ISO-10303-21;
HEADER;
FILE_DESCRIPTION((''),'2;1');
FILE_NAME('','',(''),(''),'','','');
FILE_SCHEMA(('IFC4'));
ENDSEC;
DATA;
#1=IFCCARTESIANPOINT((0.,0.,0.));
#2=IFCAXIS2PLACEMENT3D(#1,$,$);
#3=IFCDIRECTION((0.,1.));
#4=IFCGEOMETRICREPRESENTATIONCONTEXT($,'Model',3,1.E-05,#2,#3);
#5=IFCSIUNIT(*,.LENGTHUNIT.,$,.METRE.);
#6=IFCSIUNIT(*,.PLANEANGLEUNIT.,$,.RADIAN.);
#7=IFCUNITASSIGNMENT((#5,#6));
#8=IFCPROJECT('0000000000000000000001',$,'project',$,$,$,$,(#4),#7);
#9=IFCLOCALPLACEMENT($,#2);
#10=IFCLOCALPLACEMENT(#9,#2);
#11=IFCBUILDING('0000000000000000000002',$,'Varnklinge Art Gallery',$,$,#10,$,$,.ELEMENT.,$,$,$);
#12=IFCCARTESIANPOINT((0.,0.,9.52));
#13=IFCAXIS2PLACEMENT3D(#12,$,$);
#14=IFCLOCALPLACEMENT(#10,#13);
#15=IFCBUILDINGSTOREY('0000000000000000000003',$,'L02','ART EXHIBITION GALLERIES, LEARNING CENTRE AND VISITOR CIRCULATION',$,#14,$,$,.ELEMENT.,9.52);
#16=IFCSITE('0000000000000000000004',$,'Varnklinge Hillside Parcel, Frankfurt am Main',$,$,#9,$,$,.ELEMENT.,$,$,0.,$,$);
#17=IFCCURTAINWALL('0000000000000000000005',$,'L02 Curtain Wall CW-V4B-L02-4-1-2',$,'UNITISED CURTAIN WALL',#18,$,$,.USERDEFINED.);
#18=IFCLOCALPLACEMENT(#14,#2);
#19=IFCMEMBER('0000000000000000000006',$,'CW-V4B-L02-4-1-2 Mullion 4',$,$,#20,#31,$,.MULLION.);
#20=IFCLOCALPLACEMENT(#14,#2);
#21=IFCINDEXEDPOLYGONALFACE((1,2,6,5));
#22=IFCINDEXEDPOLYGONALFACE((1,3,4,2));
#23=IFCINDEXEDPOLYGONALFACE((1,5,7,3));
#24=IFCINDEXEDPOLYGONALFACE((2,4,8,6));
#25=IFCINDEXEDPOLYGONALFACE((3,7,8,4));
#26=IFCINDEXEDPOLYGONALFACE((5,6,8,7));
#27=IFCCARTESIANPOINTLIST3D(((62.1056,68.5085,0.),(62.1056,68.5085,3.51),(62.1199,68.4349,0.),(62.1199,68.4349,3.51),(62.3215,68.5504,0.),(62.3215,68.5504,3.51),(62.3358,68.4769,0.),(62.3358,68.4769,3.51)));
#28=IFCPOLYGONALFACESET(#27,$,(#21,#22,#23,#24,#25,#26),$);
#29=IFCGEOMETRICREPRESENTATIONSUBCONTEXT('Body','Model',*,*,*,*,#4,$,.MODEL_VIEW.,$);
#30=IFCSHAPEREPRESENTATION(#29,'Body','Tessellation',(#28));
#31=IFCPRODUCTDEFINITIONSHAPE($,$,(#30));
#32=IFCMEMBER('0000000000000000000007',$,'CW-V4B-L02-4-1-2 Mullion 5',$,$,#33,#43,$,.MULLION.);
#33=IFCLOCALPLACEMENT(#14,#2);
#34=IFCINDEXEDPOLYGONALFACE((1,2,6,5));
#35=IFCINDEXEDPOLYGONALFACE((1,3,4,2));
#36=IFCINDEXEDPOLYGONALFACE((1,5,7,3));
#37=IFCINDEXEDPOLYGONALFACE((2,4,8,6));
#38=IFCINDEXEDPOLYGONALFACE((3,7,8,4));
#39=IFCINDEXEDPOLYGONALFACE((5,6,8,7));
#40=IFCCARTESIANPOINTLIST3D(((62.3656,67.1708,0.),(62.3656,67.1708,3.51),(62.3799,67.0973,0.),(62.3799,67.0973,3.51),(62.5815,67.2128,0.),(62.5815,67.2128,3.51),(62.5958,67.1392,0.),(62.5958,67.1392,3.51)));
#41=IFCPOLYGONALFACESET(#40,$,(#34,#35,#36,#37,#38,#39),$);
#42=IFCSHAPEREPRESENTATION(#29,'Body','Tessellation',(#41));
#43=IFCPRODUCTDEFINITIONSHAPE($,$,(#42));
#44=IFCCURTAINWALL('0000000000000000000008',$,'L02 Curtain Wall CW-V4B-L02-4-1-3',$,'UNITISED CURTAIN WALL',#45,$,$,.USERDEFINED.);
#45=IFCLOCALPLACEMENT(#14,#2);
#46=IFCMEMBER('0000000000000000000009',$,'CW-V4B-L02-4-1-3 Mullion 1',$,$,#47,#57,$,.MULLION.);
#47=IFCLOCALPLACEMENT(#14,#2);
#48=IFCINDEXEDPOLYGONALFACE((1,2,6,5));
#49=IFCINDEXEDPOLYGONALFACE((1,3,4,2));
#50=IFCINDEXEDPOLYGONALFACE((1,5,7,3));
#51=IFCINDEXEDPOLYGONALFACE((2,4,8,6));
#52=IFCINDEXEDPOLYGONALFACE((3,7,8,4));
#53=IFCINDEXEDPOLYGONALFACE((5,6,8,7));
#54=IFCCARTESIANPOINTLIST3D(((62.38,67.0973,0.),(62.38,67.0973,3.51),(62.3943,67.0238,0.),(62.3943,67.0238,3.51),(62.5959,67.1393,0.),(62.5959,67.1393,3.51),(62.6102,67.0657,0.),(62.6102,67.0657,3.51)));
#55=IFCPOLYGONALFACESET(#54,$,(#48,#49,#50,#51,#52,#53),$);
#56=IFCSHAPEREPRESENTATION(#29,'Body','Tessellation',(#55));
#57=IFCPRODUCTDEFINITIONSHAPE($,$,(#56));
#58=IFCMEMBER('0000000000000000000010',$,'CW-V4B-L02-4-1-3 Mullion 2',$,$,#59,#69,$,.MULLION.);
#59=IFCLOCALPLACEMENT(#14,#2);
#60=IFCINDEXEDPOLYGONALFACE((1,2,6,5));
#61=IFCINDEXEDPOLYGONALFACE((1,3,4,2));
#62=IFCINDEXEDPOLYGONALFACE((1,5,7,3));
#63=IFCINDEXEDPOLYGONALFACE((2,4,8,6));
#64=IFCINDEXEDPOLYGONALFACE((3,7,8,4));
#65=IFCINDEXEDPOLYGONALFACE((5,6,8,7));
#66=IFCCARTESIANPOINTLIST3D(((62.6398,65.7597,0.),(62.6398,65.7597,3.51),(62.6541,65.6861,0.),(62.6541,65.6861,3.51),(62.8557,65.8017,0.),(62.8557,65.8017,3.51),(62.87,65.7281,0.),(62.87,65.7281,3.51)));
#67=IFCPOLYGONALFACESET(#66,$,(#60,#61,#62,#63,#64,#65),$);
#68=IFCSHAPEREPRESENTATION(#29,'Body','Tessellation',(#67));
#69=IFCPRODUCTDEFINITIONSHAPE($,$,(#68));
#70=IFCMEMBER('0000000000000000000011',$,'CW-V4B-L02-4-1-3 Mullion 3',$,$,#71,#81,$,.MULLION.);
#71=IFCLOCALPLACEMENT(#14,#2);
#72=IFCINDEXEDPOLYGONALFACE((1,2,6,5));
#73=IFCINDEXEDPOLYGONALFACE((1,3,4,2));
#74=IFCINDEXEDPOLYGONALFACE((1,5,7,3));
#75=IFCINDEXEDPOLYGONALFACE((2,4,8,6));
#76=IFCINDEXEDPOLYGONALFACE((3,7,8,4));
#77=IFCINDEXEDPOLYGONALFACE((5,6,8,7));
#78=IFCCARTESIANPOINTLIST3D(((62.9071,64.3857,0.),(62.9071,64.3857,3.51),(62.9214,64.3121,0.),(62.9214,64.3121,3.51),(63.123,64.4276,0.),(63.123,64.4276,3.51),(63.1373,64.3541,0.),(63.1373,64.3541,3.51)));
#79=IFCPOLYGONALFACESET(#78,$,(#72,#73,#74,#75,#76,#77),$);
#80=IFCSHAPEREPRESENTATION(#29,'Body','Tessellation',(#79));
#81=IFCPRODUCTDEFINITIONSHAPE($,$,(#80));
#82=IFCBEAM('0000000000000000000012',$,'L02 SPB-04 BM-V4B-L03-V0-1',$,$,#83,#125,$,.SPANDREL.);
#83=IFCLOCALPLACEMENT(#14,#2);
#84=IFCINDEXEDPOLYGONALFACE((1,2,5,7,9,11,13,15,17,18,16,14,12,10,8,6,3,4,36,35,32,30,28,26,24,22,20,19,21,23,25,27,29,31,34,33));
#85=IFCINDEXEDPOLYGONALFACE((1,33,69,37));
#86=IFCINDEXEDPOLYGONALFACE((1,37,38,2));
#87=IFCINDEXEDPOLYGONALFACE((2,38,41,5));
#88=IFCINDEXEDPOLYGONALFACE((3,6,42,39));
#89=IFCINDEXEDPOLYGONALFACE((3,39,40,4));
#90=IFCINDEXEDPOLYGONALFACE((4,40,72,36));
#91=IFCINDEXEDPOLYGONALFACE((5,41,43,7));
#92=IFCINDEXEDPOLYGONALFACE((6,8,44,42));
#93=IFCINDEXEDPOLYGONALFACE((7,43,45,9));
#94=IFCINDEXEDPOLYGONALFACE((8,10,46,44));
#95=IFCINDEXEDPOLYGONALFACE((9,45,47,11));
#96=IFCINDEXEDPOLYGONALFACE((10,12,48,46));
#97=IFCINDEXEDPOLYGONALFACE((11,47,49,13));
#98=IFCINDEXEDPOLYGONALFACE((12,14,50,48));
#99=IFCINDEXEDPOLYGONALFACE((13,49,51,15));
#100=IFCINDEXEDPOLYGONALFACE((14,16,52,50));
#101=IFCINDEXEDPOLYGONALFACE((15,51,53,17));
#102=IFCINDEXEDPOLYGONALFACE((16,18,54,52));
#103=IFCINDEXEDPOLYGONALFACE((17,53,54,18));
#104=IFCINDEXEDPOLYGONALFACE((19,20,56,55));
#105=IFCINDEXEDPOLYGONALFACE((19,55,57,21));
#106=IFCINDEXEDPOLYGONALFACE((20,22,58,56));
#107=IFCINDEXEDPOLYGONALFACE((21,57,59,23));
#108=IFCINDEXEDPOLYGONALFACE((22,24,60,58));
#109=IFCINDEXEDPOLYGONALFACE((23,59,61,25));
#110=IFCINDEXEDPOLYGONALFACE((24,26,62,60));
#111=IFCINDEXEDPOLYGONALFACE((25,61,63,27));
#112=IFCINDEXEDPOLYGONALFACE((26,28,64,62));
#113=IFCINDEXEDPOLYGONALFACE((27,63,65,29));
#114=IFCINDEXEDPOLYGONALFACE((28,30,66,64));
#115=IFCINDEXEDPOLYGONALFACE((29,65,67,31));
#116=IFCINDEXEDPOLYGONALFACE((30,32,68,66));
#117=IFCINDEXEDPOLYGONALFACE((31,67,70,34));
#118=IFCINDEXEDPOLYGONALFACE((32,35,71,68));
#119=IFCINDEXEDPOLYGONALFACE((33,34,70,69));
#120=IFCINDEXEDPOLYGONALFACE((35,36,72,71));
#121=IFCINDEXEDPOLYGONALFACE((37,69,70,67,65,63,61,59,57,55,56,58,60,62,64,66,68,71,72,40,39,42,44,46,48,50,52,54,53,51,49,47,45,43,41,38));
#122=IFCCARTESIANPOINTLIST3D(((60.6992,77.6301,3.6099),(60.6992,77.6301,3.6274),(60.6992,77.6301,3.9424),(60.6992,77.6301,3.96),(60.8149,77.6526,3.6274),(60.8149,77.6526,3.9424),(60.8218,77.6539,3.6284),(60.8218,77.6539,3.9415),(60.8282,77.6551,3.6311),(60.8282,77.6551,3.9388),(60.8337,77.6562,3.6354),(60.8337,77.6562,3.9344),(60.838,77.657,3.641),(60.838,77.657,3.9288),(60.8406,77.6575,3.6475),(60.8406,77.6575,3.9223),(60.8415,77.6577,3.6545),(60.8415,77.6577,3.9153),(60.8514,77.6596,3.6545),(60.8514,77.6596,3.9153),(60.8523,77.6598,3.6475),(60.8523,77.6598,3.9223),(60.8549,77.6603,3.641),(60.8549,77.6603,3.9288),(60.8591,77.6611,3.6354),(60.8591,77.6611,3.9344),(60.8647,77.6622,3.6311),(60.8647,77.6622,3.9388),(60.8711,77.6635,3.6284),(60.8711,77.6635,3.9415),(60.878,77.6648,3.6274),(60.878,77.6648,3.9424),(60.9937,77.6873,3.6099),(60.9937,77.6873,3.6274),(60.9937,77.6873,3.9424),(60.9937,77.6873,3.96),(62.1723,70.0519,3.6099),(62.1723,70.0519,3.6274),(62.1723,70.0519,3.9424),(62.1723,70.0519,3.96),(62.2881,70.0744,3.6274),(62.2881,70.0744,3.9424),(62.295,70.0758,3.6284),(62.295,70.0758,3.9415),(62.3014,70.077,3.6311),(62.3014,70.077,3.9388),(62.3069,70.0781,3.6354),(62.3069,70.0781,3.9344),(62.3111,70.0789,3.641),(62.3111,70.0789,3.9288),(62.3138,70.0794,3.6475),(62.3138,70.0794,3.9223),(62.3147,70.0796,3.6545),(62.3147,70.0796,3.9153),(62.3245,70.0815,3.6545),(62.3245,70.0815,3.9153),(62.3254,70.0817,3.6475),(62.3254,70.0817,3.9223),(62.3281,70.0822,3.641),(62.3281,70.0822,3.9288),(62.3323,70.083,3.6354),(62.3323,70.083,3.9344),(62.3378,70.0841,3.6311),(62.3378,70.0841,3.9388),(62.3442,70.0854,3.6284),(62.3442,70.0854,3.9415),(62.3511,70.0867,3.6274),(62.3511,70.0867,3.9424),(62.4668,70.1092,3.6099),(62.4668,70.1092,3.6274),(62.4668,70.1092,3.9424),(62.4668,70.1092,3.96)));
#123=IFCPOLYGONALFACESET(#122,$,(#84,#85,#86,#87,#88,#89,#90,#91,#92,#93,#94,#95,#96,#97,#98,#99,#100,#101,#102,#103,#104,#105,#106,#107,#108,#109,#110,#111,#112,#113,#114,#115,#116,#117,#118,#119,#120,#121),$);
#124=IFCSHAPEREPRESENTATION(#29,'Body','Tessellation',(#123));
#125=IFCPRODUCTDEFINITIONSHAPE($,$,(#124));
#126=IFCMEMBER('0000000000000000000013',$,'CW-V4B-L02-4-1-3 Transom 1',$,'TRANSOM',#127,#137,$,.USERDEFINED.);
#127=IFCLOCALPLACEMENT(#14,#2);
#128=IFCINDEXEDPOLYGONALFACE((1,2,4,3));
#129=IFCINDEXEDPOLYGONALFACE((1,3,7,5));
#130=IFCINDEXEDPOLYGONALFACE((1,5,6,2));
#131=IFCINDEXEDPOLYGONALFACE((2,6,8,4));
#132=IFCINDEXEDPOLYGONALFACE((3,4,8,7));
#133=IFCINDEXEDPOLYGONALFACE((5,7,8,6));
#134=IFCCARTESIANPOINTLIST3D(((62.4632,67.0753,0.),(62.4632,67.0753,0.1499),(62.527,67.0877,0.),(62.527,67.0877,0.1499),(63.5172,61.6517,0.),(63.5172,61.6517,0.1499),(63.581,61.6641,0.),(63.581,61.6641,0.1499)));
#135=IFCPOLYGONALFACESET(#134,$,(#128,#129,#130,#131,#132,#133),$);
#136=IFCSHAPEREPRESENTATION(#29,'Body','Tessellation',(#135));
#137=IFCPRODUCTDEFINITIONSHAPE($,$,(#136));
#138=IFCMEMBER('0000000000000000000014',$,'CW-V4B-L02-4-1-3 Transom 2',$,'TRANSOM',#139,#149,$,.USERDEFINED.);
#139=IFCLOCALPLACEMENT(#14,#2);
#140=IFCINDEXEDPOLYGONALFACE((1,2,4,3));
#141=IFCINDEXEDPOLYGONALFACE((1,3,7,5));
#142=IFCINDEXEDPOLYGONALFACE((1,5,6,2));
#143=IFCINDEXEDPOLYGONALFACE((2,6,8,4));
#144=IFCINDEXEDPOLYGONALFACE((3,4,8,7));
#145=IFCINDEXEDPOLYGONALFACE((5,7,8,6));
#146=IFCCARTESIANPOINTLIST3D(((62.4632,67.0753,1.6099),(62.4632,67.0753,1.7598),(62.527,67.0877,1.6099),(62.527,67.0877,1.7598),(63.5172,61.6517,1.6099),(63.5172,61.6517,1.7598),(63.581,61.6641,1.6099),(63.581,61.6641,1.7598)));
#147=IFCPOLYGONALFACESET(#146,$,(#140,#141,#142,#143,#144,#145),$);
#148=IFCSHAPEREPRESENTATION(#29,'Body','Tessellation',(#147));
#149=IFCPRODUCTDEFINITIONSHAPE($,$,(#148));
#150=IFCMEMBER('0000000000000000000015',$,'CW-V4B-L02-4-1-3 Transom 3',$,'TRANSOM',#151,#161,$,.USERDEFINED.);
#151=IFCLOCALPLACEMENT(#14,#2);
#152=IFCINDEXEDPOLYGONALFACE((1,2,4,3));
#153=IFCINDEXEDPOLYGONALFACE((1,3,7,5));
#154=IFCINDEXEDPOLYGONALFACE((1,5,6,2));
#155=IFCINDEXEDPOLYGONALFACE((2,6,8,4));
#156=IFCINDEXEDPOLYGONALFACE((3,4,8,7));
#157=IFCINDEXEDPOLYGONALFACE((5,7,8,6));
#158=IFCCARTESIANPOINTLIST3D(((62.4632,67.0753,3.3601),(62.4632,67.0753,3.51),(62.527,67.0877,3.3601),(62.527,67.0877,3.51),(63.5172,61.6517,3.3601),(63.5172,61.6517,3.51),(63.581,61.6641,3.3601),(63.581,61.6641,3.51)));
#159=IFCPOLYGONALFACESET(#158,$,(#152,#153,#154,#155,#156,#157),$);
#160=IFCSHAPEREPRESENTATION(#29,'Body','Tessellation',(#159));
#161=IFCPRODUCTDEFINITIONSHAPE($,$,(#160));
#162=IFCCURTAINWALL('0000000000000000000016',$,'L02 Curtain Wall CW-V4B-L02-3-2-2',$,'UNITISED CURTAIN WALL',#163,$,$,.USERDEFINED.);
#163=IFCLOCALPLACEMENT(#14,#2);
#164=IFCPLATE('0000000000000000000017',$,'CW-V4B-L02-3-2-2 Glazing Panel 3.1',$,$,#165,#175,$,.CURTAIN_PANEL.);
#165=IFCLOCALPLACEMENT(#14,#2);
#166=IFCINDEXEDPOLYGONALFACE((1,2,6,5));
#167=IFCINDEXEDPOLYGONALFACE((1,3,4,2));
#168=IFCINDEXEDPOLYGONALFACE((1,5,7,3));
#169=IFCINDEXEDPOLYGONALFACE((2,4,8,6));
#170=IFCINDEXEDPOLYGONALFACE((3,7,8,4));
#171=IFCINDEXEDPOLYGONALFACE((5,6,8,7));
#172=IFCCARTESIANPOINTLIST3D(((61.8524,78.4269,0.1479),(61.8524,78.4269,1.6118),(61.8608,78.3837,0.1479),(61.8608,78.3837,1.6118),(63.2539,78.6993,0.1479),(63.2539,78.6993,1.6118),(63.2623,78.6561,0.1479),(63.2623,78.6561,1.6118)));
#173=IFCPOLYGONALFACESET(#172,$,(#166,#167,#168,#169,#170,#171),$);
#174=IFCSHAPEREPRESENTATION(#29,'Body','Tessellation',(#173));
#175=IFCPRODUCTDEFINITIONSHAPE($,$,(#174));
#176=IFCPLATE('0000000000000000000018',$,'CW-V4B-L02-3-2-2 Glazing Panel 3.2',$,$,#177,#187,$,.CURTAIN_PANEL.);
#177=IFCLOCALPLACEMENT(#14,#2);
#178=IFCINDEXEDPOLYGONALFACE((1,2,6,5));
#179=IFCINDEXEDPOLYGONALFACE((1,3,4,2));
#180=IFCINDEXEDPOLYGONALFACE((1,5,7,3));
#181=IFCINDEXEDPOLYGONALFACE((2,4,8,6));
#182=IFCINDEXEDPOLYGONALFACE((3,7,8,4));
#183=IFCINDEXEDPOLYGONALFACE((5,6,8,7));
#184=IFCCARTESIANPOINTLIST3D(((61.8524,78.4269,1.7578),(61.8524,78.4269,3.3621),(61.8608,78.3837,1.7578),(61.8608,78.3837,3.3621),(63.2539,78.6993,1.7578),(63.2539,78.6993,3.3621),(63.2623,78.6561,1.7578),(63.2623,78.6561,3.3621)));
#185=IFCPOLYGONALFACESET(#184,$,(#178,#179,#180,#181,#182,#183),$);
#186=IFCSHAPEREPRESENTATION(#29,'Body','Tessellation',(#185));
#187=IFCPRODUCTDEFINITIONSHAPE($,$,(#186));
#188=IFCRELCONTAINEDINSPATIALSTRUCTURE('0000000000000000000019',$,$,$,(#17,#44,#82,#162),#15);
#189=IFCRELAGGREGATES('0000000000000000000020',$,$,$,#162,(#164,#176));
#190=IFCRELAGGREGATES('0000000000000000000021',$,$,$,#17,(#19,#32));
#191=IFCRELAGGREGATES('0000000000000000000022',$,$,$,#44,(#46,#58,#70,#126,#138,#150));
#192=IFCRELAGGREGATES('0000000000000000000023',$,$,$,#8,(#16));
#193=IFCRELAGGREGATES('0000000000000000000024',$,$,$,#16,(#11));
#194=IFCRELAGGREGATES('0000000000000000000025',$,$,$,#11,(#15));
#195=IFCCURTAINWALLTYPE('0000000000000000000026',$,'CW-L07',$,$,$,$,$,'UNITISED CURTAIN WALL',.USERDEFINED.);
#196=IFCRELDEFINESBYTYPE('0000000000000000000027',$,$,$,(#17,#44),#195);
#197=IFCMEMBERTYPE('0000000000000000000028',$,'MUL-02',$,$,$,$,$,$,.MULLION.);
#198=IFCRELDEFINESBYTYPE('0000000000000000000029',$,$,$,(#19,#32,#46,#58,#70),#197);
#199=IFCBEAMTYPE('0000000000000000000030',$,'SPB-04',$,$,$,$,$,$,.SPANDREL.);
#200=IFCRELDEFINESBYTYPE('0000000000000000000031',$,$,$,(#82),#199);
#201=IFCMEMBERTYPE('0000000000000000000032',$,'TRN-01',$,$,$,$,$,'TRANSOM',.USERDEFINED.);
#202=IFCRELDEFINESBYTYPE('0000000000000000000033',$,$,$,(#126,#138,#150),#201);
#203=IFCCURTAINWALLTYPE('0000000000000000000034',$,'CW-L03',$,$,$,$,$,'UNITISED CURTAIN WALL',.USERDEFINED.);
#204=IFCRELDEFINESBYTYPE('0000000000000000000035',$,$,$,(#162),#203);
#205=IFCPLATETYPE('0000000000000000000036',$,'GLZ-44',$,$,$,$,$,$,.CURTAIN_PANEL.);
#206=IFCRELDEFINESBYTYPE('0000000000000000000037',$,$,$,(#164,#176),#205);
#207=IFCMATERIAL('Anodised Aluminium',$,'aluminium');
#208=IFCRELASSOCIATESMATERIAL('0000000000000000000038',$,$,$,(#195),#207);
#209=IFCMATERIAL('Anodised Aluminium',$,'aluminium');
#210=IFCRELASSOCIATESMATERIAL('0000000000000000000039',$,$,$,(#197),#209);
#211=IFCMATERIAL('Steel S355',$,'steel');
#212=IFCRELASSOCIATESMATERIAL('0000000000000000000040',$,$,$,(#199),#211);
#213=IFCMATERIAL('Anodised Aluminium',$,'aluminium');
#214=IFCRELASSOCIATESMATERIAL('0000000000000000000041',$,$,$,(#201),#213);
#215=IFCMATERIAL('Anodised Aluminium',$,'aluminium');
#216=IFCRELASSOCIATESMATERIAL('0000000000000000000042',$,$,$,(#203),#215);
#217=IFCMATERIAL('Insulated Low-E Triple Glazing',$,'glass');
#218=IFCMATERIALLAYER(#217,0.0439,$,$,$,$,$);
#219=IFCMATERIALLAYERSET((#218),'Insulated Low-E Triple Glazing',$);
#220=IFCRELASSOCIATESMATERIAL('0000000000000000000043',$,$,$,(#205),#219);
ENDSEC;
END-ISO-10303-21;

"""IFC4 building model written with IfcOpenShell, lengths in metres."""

from ifc_helpers import new_model, si_unit, direction, frame, origin, origin_2d, place, context, subcontext, project, spatial, rectangle, i_section, extrude, material, layer, layer_set, material_profile, profile_set, type_object, element, aggregate, save


model = new_model("IFC4")

# Units and contexts
model_context = context("Model", 3, precision=1e-05, world=origin(), true_north=direction((0.0, 1.0)))
body_context = subcontext(model_context, "Body", "Model", "MODEL_VIEW")
ifc_project = project(units=[si_unit("LENGTHUNIT", "METRE"), si_unit("PLANEANGLEUNIT", "RADIAN")], contexts=[model_context])

# Site, building, storey
site_placement = place(None, origin())
site = spatial("IfcSite", under=ifc_project, at=site_placement, Name="Varnklinge Hillside Parcel, Frankfurt am Main", CompositionType="ELEMENT", RefElevation=0.0)
building_placement = place(site_placement, origin())
building = spatial("IfcBuilding", under=site, at=building_placement, Name="Varnklinge Art Gallery", CompositionType="ELEMENT")
storey_placement = place(building_placement, frame((0.0, 0.0, 9.52)))
storey = spatial("IfcBuildingStorey", under=building, at=storey_placement, Name="L02", Description="ART EXHIBITION GALLERIES, LEARNING CENTRE AND VISITOR CIRCULATION", CompositionType="ELEMENT", Elevation=9.52)

# Curtain walls, members
ifc_material_1 = material(Name="Anodised Aluminium", Category="aluminium")
curtain_wall_type_1 = type_object("IfcCurtainWallType", Name="CW-L07", ElementType="UNITISED CURTAIN WALL", PredefinedType="USERDEFINED", material=ifc_material_1)
curtain_wall_1_placement = place(storey_placement, origin())
curtain_wall_1 = element("IfcCurtainWall", 1, at=curtain_wall_1_placement, inside=storey, type_object=curtain_wall_type_1, Name="L02 Curtain Wall CW-V4B-L02-4-1-2", ObjectType="UNITISED CURTAIN WALL", PredefinedType="USERDEFINED")
ifc_material_2 = material(Name="Anodised Aluminium", Category="aluminium")
ifc_material_profile_1 = material_profile(ifc_material_2, rectangle(XDim=0.075, YDim=0.22, at=origin_2d()), Name="ALU 75x220")
ifc_profile_set_1 = profile_set([ifc_material_profile_1], Name="Anodised Aluminium")
member_type_1 = type_object("IfcMemberType", Name="MUL-02", PredefinedType="MULLION", material=ifc_profile_set_1)
member_1_placement = place(storey_placement, frame((62.2207, 68.4927, 0.0), z_axis=(0.0, 0.0, 1.0), x_axis=(0.190809, -0.981627, 0.0)))
member_1 = element("IfcMember", 2, at=member_1_placement, type_object=member_type_1, Name="CW-V4B-L02-4-1-2 Mullion 4", PredefinedType="MULLION", context=body_context, shape_type="SweptSolid", body=[
    extrude(rectangle(XDim=0.075, YDim=0.22, at=origin_2d()), origin(), (0.0, 0.0, 1.0), 3.51),
])
member_2_placement = place(storey_placement, frame((62.4807, 67.155, 0.0), z_axis=(0.0, 0.0, 1.0), x_axis=(0.190809, -0.981627, 0.0)))
member_2 = element("IfcMember", 3, at=member_2_placement, type_object=member_type_1, Name="CW-V4B-L02-4-1-2 Mullion 5", PredefinedType="MULLION", context=body_context, shape_type="SweptSolid", body=[
    extrude(rectangle(XDim=0.075, YDim=0.22, at=origin_2d()), origin(), (0.0, 0.0, 1.0), 3.51),
])
curtain_wall_2_placement = place(storey_placement, origin())
curtain_wall_2 = element("IfcCurtainWall", 4, at=curtain_wall_2_placement, inside=storey, type_object=curtain_wall_type_1, Name="L02 Curtain Wall CW-V4B-L02-4-1-3", ObjectType="UNITISED CURTAIN WALL", PredefinedType="USERDEFINED")
member_3_placement = place(storey_placement, frame((62.4951, 67.0815, 0.0), z_axis=(0.0, 0.0, 1.0), x_axis=(0.190809, -0.981627, 0.0)))
member_3 = element("IfcMember", 5, at=member_3_placement, type_object=member_type_1, Name="CW-V4B-L02-4-1-3 Mullion 1", PredefinedType="MULLION", context=body_context, shape_type="SweptSolid", body=[
    extrude(rectangle(XDim=0.075, YDim=0.22, at=origin_2d()), origin(), (0.0, 0.0, 1.0), 3.51),
])
member_4_placement = place(storey_placement, frame((62.7549, 65.7439, 0.0), z_axis=(0.0, 0.0, 1.0), x_axis=(0.190809, -0.981627, 0.0)))
member_4 = element("IfcMember", 6, at=member_4_placement, type_object=member_type_1, Name="CW-V4B-L02-4-1-3 Mullion 2", PredefinedType="MULLION", context=body_context, shape_type="SweptSolid", body=[
    extrude(rectangle(XDim=0.075, YDim=0.22, at=origin_2d()), origin(), (0.0, 0.0, 1.0), 3.51),
])
member_5_placement = place(storey_placement, frame((63.0222, 64.3699, 0.0), z_axis=(0.0, 0.0, 1.0), x_axis=(0.190809, -0.981627, 0.0)))
member_5 = element("IfcMember", 7, at=member_5_placement, type_object=member_type_1, Name="CW-V4B-L02-4-1-3 Mullion 3", PredefinedType="MULLION", context=body_context, shape_type="SweptSolid", body=[
    extrude(rectangle(XDim=0.075, YDim=0.22, at=origin_2d()), origin(), (0.0, 0.0, 1.0), 3.51),
])

# Beam
ifc_material_3 = material(Name="Steel S355", Category="steel")
ifc_material_profile_2 = material_profile(ifc_material_3, i_section(OverallWidth=0.3, OverallDepth=0.3501, WebThickness=0.01, FlangeThickness=0.0176, FilletRadius=0.0271, at=origin_2d()), Name="HEA 360")
ifc_profile_set_2 = profile_set([ifc_material_profile_2], Name="Steel S355")
beam_type_1 = type_object("IfcBeamType", Name="SPB-04", PredefinedType="SPANDREL", material=ifc_profile_set_2)
beam_1_placement = place(storey_placement, frame((62.3196, 70.0806, 3.7849), z_axis=(-0.190822, 0.981625, 0.0), x_axis=(-0.981625, -0.190822, 0.0)))
element("IfcBeam", 8, at=beam_1_placement, inside=storey, type_object=beam_type_1, Name="L02 SPB-04 BM-V4B-L03-V0-1", PredefinedType="SPANDREL", context=body_context, shape_type="SweptSolid", body=[
    extrude(i_section(OverallWidth=0.3, OverallDepth=0.3501, WebThickness=0.01, FlangeThickness=0.0176, FilletRadius=0.0271, at=origin_2d()), origin(), (0.0, 0.0, 1.0), 7.72),
])

# Members
ifc_material_4 = material(Name="Anodised Aluminium", Category="aluminium")
ifc_material_profile_3 = material_profile(ifc_material_4, rectangle(XDim=0.0649, YDim=0.1499, at=origin_2d()), Name="ALU 65x150")
ifc_profile_set_3 = profile_set([ifc_material_profile_3], Name="Anodised Aluminium")
member_type_2 = type_object("IfcMemberType", Name="TRN-01", ElementType="TRANSOM", PredefinedType="USERDEFINED", material=ifc_profile_set_3)
member_6_placement = place(storey_placement, frame((62.4951, 67.0815, 0.075), z_axis=(0.19076, -0.981637, 0.0), x_axis=(0.981637, 0.19076, 0.0)))
member_6 = element("IfcMember", 9, at=member_6_placement, type_object=member_type_2, Name="CW-V4B-L02-4-1-3 Transom 1", ObjectType="TRANSOM", PredefinedType="USERDEFINED", context=body_context, shape_type="SweptSolid", body=[
    extrude(rectangle(XDim=0.0649, YDim=0.1499, at=origin_2d()), origin(), (0.0, 0.0, 1.0), 5.5251),
])
member_7_placement = place(storey_placement, frame((62.4951, 67.0815, 1.6848), z_axis=(0.19076, -0.981637, 0.0), x_axis=(0.981637, 0.19076, 0.0)))
member_7 = element("IfcMember", 10, at=member_7_placement, type_object=member_type_2, Name="CW-V4B-L02-4-1-3 Transom 2", ObjectType="TRANSOM", PredefinedType="USERDEFINED", context=body_context, shape_type="SweptSolid", body=[
    extrude(rectangle(XDim=0.0649, YDim=0.1499, at=origin_2d()), origin(), (0.0, 0.0, 1.0), 5.5251),
])
member_8_placement = place(storey_placement, frame((62.4951, 67.0815, 3.4351), z_axis=(0.19076, -0.981637, 0.0), x_axis=(0.981637, 0.19076, 0.0)))
member_8 = element("IfcMember", 11, at=member_8_placement, type_object=member_type_2, Name="CW-V4B-L02-4-1-3 Transom 3", ObjectType="TRANSOM", PredefinedType="USERDEFINED", context=body_context, shape_type="SweptSolid", body=[
    extrude(rectangle(XDim=0.0649, YDim=0.1499, at=origin_2d()), origin(), (0.0, 0.0, 1.0), 5.5251),
])

# Curtain wall, plates
ifc_material_5 = material(Name="Anodised Aluminium", Category="aluminium")
curtain_wall_type_2 = type_object("IfcCurtainWallType", Name="CW-L03", ElementType="UNITISED CURTAIN WALL", PredefinedType="USERDEFINED", material=ifc_material_5)
curtain_wall_3_placement = place(storey_placement, origin())
curtain_wall_3 = element("IfcCurtainWall", 12, at=curtain_wall_3_placement, inside=storey, type_object=curtain_wall_type_2, Name="L02 Curtain Wall CW-V4B-L02-3-2-2", ObjectType="UNITISED CURTAIN WALL", PredefinedType="USERDEFINED")
ifc_material_6 = material(Name="Insulated Low-E Triple Glazing", Category="glass")
ifc_layer_1 = layer(ifc_material_6, 0.0439)
ifc_layer_set_1 = layer_set([ifc_layer_1], Name="Insulated Low-E Triple Glazing")
plate_type = type_object("IfcPlateType", Name="GLZ-44", PredefinedType="CURTAIN_PANEL", material=ifc_layer_set_1)
plate_1_placement = place(storey_placement, frame((62.5574, 78.5415, 0.1479), z_axis=(0.0, 0.0, 1.0), x_axis=(-0.981627, -0.190809, 0.0)))
plate_1 = element("IfcPlate", 13, at=plate_1_placement, type_object=plate_type, Name="CW-V4B-L02-3-2-2 Glazing Panel 3.1", PredefinedType="CURTAIN_PANEL", context=body_context, shape_type="SweptSolid", body=[
    extrude(rectangle(XDim=1.4277, YDim=0.0439, at=origin_2d()), origin(), (0.0, 0.0, 1.0), 1.4639),
])
plate_2_placement = place(storey_placement, frame((62.5574, 78.5415, 1.7578), z_axis=(0.0, 0.0, 1.0), x_axis=(-0.981627, -0.190809, 0.0)))
plate_2 = element("IfcPlate", 14, at=plate_2_placement, type_object=plate_type, Name="CW-V4B-L02-3-2-2 Glazing Panel 3.2", PredefinedType="CURTAIN_PANEL", context=body_context, shape_type="SweptSolid", body=[
    extrude(rectangle(XDim=1.4277, YDim=0.0439, at=origin_2d()), origin(), (0.0, 0.0, 1.0), 1.6042),
])
aggregate(curtain_wall_3, [plate_1, plate_2])

aggregate(curtain_wall_1, [member_1, member_2])
aggregate(curtain_wall_2, [member_3, member_4, member_5, member_6, member_7, member_8])

save(model, "model.ifc")
